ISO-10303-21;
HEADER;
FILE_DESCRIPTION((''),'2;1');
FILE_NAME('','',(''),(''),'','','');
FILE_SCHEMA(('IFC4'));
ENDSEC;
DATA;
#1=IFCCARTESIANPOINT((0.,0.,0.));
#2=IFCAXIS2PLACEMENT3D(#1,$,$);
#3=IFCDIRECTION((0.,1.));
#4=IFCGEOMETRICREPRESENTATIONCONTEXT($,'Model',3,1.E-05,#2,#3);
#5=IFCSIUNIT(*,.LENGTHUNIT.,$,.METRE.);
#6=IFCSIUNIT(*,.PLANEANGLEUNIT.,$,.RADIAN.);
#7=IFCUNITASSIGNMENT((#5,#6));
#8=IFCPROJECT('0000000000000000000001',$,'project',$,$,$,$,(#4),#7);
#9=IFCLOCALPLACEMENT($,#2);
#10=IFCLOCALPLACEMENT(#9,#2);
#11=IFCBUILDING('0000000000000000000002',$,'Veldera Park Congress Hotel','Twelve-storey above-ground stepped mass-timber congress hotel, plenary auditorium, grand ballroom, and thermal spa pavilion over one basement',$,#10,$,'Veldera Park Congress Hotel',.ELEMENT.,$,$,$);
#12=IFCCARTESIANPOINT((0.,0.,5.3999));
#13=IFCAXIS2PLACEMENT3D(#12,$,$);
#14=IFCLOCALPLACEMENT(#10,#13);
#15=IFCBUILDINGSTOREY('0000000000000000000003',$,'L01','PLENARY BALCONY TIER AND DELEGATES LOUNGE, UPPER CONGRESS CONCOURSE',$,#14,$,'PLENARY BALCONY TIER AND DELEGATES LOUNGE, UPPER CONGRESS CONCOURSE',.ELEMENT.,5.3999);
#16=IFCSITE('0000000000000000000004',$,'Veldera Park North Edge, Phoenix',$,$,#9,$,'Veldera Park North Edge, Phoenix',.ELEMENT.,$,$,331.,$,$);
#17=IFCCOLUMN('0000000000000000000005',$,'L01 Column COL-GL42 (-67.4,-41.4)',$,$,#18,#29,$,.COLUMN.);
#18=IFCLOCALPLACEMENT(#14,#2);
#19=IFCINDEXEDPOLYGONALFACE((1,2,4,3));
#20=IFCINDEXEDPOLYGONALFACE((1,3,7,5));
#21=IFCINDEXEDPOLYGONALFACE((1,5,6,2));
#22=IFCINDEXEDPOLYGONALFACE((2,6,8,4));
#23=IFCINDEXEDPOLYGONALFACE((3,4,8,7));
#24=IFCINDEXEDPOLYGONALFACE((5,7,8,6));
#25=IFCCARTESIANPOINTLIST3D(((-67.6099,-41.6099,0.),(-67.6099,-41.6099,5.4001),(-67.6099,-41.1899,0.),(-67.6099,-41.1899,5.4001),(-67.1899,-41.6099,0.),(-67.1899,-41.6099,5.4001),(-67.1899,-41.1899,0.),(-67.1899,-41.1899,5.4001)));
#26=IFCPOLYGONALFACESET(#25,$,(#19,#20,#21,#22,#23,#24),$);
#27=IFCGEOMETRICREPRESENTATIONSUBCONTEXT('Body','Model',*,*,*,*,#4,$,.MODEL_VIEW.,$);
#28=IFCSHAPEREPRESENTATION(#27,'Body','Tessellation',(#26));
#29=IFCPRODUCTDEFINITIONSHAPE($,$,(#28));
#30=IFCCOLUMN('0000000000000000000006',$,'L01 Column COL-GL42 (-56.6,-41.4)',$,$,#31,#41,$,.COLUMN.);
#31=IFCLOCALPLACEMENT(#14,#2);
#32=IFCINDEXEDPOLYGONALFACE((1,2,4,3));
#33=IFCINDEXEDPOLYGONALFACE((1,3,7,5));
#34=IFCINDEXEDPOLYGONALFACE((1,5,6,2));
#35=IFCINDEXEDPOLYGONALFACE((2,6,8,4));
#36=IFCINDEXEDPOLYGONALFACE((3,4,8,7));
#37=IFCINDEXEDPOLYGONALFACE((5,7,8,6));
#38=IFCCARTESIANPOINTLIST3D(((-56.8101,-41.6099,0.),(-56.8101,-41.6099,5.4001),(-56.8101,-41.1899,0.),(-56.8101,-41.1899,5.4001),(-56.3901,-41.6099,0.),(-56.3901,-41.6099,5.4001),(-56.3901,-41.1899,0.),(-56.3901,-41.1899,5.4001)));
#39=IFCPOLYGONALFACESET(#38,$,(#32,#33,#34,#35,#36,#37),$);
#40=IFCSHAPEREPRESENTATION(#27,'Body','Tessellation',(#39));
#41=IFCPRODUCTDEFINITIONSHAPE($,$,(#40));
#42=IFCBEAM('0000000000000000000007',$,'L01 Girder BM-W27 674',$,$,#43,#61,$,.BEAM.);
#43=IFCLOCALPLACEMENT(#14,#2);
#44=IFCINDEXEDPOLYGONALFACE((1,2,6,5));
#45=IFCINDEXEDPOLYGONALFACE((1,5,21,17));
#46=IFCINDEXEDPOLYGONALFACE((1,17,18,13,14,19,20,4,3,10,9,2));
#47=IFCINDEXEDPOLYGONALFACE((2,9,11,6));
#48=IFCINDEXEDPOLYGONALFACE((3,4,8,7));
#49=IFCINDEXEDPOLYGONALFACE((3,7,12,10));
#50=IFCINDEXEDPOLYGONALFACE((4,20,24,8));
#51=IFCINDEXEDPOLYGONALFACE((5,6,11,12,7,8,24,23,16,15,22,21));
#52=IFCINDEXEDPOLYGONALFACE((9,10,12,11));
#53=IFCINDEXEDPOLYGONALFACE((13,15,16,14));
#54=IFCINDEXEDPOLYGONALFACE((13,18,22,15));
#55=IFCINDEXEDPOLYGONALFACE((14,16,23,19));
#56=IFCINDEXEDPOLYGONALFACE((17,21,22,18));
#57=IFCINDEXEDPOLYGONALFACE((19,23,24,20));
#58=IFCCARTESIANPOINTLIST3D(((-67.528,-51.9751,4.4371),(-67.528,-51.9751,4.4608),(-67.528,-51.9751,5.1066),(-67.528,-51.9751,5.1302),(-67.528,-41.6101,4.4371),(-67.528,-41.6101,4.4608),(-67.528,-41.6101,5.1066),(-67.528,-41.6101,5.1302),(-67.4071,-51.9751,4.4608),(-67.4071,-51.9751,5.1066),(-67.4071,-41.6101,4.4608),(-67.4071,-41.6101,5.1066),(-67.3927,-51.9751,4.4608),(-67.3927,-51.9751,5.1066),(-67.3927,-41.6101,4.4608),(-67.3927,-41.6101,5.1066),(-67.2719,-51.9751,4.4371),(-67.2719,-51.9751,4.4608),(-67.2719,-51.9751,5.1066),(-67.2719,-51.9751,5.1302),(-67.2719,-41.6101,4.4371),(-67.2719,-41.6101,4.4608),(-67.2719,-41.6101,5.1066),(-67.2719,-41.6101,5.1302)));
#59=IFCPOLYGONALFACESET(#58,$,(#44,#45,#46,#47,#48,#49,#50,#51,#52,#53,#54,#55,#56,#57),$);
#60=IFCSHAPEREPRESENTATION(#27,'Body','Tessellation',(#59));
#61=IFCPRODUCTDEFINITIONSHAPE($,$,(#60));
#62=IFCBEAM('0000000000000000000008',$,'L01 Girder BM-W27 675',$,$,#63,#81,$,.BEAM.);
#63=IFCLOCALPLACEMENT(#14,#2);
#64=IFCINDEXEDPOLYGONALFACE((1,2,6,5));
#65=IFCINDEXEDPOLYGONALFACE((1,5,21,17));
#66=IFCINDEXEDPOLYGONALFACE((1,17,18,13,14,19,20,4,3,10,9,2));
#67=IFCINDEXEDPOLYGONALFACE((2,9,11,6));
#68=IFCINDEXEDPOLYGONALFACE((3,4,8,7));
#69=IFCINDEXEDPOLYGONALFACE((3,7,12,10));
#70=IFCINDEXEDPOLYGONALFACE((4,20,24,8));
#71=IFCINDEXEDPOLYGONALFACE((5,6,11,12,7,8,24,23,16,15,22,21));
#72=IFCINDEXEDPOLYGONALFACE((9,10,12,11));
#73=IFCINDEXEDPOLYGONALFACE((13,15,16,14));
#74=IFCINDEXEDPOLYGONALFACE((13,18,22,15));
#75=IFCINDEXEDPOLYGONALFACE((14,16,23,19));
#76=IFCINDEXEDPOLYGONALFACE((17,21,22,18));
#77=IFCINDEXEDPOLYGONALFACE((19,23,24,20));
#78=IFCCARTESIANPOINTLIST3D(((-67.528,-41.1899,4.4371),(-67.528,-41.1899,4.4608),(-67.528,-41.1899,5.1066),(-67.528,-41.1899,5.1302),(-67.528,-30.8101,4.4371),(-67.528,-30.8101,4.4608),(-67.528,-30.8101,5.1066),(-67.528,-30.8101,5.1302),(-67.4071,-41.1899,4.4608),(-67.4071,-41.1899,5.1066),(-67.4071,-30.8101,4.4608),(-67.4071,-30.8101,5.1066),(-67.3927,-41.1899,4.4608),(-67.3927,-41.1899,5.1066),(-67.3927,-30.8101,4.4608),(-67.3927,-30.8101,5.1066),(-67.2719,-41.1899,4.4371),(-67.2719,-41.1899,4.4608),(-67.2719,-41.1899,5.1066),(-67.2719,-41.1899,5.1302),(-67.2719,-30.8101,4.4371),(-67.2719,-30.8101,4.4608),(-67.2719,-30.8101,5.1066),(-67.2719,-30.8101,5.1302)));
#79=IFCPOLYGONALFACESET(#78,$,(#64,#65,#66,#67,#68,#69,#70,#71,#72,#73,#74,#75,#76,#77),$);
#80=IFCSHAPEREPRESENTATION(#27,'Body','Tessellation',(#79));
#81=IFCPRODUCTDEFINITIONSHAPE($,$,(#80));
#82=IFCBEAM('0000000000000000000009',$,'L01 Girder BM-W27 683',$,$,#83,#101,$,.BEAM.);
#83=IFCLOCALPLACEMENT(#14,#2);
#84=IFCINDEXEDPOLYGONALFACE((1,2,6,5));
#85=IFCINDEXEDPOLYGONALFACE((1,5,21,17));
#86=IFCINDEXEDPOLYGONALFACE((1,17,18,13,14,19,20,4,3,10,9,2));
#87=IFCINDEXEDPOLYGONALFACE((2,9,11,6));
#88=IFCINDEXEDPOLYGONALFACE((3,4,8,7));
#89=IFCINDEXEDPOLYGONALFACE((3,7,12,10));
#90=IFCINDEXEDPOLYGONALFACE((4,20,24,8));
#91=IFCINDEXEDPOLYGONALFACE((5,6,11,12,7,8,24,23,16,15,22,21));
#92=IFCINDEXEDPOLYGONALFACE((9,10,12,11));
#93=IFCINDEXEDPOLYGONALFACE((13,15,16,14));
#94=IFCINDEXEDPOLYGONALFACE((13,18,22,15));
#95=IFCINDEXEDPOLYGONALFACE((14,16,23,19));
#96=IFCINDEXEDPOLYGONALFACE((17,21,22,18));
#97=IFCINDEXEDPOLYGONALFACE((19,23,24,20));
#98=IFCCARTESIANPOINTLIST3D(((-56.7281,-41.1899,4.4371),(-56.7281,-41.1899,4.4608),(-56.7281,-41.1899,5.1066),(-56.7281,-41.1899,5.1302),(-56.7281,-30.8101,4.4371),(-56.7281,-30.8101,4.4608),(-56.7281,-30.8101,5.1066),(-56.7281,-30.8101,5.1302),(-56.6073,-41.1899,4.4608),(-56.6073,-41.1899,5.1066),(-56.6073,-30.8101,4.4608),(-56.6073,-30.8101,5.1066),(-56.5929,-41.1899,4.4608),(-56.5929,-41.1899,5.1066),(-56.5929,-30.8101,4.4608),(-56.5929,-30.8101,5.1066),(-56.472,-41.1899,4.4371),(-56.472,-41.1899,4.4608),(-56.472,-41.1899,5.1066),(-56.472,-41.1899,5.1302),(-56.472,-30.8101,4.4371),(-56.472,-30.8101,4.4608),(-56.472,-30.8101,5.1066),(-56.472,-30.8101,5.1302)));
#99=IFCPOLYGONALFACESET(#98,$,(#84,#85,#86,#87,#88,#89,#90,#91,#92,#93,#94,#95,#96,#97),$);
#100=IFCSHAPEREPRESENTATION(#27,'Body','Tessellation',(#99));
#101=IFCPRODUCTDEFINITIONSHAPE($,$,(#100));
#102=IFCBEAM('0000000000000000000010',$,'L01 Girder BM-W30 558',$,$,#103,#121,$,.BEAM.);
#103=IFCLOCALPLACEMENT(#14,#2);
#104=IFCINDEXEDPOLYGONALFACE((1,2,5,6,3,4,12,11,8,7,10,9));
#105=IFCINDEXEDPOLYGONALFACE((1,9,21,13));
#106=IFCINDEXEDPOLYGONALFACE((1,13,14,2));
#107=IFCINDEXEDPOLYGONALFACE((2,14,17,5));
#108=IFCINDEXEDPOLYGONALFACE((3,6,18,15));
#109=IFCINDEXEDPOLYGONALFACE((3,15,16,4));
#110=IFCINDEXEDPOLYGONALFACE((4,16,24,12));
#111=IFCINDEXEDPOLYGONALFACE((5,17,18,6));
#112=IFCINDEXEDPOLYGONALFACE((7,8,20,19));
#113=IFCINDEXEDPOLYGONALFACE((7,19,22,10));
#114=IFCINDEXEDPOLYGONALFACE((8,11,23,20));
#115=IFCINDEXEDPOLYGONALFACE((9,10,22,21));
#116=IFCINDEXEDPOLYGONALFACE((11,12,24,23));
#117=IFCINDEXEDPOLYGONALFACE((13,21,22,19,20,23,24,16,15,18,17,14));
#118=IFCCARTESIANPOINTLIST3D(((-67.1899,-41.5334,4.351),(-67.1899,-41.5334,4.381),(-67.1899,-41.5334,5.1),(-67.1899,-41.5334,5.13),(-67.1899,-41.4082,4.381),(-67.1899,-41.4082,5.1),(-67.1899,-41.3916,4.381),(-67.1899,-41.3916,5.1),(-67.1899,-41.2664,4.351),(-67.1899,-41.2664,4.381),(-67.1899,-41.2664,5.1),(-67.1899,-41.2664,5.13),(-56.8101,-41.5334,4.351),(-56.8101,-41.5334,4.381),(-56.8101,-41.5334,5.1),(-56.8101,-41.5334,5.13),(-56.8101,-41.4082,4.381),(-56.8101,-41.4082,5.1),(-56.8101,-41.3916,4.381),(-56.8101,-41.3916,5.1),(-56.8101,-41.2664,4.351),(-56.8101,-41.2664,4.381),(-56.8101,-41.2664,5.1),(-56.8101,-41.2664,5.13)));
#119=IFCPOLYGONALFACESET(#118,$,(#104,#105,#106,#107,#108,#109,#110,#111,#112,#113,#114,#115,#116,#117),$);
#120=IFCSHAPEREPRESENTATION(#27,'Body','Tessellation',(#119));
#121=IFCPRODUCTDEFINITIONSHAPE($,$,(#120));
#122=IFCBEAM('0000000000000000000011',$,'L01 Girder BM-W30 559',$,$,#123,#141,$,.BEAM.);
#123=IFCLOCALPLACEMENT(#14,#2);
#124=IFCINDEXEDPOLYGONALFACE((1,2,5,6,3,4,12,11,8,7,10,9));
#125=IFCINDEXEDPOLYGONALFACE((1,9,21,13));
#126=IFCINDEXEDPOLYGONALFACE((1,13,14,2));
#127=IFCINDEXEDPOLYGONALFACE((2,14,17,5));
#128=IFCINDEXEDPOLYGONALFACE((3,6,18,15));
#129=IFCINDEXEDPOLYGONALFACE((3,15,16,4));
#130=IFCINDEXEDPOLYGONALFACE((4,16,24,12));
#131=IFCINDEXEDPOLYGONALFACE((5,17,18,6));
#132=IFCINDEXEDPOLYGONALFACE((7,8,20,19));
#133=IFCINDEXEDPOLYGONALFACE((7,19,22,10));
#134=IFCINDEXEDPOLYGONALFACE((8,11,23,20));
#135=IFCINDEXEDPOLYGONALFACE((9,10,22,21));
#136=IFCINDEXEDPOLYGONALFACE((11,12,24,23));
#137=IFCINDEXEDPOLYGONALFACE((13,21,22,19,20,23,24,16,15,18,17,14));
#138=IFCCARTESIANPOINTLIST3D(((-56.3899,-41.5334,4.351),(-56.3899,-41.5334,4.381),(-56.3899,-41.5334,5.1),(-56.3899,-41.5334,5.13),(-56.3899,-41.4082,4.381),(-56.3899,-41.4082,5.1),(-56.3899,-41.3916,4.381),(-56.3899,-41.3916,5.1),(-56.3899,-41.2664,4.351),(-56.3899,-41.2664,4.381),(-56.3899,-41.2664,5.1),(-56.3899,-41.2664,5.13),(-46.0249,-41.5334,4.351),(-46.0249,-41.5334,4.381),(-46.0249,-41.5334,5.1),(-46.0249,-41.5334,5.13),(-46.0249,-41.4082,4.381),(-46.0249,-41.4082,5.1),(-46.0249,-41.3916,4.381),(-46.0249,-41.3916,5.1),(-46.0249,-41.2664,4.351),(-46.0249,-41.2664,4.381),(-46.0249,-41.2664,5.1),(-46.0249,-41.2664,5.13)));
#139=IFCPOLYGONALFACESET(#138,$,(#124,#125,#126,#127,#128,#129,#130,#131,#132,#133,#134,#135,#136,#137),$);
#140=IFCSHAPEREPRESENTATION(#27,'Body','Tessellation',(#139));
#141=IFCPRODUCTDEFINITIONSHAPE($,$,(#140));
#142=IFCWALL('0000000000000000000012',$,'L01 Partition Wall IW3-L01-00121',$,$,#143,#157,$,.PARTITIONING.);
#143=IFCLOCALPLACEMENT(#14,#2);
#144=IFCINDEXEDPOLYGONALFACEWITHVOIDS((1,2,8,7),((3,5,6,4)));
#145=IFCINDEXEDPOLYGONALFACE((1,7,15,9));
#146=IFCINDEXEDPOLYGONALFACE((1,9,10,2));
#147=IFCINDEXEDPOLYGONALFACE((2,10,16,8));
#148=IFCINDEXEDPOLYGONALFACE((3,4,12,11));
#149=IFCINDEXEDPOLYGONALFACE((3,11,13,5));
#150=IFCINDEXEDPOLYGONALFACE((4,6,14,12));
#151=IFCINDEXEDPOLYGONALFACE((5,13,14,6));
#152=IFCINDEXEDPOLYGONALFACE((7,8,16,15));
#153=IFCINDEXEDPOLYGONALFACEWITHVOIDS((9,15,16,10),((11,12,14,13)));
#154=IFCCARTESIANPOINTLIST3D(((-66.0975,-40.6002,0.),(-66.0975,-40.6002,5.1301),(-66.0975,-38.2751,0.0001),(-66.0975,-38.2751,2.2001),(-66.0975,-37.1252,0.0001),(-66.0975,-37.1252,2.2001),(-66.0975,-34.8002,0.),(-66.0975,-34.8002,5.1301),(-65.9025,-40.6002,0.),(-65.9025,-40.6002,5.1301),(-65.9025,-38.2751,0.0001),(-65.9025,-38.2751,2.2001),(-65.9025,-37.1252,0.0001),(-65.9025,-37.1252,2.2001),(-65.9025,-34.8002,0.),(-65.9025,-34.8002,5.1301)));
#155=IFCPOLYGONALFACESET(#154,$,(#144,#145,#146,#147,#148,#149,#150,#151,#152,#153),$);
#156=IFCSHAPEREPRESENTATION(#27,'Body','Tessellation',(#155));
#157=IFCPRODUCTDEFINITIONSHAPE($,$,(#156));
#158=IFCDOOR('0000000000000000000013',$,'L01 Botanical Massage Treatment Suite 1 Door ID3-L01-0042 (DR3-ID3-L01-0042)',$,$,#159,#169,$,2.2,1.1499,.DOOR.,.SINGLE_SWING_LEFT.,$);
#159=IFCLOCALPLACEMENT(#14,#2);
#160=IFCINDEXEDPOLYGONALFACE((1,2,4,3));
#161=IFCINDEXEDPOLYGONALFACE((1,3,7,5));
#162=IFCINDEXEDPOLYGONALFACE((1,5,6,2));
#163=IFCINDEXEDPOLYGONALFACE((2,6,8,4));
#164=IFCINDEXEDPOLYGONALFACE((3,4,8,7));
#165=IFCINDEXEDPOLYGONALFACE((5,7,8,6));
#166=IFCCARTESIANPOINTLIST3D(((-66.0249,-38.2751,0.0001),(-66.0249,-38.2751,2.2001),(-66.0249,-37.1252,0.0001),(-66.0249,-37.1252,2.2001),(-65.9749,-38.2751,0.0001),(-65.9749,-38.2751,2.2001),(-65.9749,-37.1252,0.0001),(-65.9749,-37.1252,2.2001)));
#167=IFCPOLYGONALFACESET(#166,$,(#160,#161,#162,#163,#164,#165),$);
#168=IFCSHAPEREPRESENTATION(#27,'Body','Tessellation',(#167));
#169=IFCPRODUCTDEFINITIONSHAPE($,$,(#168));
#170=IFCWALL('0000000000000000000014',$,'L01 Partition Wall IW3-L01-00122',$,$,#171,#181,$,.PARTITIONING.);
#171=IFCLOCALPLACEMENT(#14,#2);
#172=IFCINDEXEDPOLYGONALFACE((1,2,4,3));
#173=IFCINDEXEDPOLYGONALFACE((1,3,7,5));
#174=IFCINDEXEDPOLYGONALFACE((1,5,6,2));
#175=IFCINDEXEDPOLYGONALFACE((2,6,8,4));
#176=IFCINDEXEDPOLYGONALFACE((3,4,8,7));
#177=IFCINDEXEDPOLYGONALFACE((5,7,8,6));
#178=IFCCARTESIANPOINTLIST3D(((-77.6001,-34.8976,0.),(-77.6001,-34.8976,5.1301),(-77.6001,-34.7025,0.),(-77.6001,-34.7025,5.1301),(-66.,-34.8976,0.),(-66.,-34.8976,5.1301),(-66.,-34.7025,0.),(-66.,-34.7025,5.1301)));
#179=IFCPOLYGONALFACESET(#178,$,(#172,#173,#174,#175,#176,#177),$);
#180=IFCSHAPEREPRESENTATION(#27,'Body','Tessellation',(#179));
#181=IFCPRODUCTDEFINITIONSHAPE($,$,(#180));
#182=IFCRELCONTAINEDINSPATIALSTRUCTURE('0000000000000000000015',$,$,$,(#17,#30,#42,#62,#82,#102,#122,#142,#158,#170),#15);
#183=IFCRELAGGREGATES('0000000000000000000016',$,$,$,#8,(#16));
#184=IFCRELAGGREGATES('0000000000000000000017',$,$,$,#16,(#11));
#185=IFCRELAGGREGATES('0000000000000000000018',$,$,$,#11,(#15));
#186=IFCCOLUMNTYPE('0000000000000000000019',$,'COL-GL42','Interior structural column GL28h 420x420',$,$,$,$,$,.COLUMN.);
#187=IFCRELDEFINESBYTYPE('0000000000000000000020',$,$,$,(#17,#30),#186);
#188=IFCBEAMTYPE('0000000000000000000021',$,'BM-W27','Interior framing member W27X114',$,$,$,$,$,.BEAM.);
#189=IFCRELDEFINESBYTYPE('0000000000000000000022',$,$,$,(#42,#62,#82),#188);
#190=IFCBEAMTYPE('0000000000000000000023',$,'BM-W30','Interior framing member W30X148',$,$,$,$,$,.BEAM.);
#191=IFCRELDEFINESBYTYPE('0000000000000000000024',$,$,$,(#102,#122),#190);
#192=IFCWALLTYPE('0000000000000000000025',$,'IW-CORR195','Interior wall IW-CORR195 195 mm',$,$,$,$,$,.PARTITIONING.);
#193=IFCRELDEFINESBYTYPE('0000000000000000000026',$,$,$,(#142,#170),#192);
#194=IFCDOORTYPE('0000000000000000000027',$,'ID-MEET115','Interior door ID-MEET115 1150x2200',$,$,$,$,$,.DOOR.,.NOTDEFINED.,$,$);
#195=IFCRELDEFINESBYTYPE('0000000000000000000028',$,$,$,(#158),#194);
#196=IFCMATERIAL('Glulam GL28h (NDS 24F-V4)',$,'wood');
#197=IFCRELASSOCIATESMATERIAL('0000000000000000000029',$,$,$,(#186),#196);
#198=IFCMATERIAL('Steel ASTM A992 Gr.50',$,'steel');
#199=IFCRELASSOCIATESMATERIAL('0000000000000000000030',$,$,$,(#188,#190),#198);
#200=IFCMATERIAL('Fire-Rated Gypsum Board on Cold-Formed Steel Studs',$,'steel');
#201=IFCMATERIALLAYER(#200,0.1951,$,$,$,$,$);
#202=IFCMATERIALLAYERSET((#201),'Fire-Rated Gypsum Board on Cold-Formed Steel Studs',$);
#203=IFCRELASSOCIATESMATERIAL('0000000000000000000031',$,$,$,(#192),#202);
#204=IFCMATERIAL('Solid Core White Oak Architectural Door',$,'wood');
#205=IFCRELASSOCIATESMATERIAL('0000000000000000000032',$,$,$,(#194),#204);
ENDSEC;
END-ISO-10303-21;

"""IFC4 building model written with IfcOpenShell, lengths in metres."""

from ifc_helpers import new_model, si_unit, direction, frame, frame_2d, origin, origin_2d, place, context, subcontext, project, spatial, rectangle, i_section, extrude, material, layer, layer_set, material_profile, profile_set, type_object, element, fill, save


model = new_model("IFC4")

# Units and contexts
model_context = context("Model", 3, precision=1e-05, world=origin(), true_north=direction((0.0, 1.0)))
body_context = subcontext(model_context, "Body", "Model", "MODEL_VIEW")
ifc_project = project(units=[si_unit("LENGTHUNIT", "METRE"), si_unit("PLANEANGLEUNIT", "RADIAN")], contexts=[model_context])

# Site, building, storey
site_placement = place(None, origin())
site = spatial("IfcSite", under=ifc_project, at=site_placement, Name="Veldera Park North Edge, Phoenix", LongName="Veldera Park North Edge, Phoenix", CompositionType="ELEMENT", RefElevation=331.0)
building_placement = place(site_placement, origin())
building = spatial("IfcBuilding", under=site, at=building_placement, Name="Veldera Park Congress Hotel", Description="Twelve-storey above-ground stepped mass-timber congress hotel, plenary auditorium, grand ballroom, and thermal spa pavilion over one basement", LongName="Veldera Park Congress Hotel", CompositionType="ELEMENT")
storey_placement = place(building_placement, frame((0.0, 0.0, 5.3999)))
storey = spatial("IfcBuildingStorey", under=building, at=storey_placement, Name="L01", Description="PLENARY BALCONY TIER AND DELEGATES LOUNGE, UPPER CONGRESS CONCOURSE", LongName="PLENARY BALCONY TIER AND DELEGATES LOUNGE, UPPER CONGRESS CONCOURSE", CompositionType="ELEMENT", Elevation=5.3999)

# Columns
ifc_material_1 = material(Name="Glulam GL28h (NDS 24F-V4)", Category="wood")
ifc_material_profile_1 = material_profile(ifc_material_1, rectangle(XDim=0.4199, YDim=0.4199, at=origin_2d()), Name="GL28h 420x420")
ifc_profile_set_1 = profile_set([ifc_material_profile_1], Name="Glulam GL28h (NDS 24F-V4)")
column_type = type_object("IfcColumnType", Name="COL-GL42", Description="Interior structural column GL28h 420x420", PredefinedType="COLUMN", material=ifc_profile_set_1)
for number, where, z_axis, x_axis, name in (
    (1, (-67.3999, -41.3999, 0.0), (0.0, 0.0, 1.0), (1.0, 0.0, 0.0), "L01 Column COL-GL42 (-67.4,-41.4)"),
    (2, (-56.6001, -41.3999, 0.0), (0.0, 0.0, 1.0), (1.0, 0.0, 0.0), "L01 Column COL-GL42 (-56.6,-41.4)"),
):
    element("IfcColumn", number, at=place(storey_placement, frame(where, z_axis=z_axis, x_axis=x_axis)), inside=storey, type_object=column_type, Name=name, PredefinedType="COLUMN", context=body_context, shape_type="SweptSolid", body=[
        extrude(rectangle(XDim=0.4199, YDim=0.4199, at=origin_2d()), origin(), (0.0, 0.0, 1.0), 5.4001),
    ])

# Beams
ifc_material_2 = material(Name="Steel ASTM A992 Gr.50", Category="steel")
ifc_material_profile_2 = material_profile(ifc_material_2, i_section(OverallWidth=0.2561, OverallDepth=0.6931, WebThickness=0.0144, FlangeThickness=0.0237, at=origin_2d()), Name="W27X114")
ifc_profile_set_2 = profile_set([ifc_material_profile_2], Name="Steel ASTM A992 Gr.50")
beam_type_1 = type_object("IfcBeamType", Name="BM-W27", Description="Interior framing member W27X114", PredefinedType="BEAM", material=ifc_profile_set_2)
beam_1_placement = place(storey_placement, frame((-67.3999, -51.9751, 4.7837), z_axis=(0.0, 1.0, 0.0), x_axis=(-1.0, 0.0, 0.0)))
element("IfcBeam", 3, at=beam_1_placement, inside=storey, type_object=beam_type_1, Name="L01 Girder BM-W27 674", PredefinedType="BEAM", context=body_context, shape_type="SweptSolid", body=[
    extrude(i_section(OverallWidth=0.2561, OverallDepth=0.6931, WebThickness=0.0144, FlangeThickness=0.0237, at=origin_2d()), origin(), (0.0, 0.0, 1.0), 10.365),
])
for number, where, z_axis, x_axis, name in (
    (4, (-67.3999, -41.1899, 4.7837), (0.0, 1.0, 0.0), (-1.0, 0.0, 0.0), "L01 Girder BM-W27 675"),
    (5, (-56.6001, -41.1899, 4.7837), (0.0, 1.0, 0.0), (-1.0, 0.0, 0.0), "L01 Girder BM-W27 683"),
):
    element("IfcBeam", number, at=place(storey_placement, frame(where, z_axis=z_axis, x_axis=x_axis)), inside=storey, type_object=beam_type_1, Name=name, PredefinedType="BEAM", context=body_context, shape_type="SweptSolid", body=[
        extrude(i_section(OverallWidth=0.2561, OverallDepth=0.6931, WebThickness=0.0144, FlangeThickness=0.0237, at=origin_2d()), origin(), (0.0, 0.0, 1.0), 10.3799),
    ])
ifc_material_profile_3 = material_profile(ifc_material_2, i_section(OverallWidth=0.2671, OverallDepth=0.7791, WebThickness=0.0166, FlangeThickness=0.03, at=origin_2d()), Name="W30X148")
ifc_profile_set_3 = profile_set([ifc_material_profile_3], Name="Steel ASTM A992 Gr.50")
beam_type_2 = type_object("IfcBeamType", Name="BM-W30", Description="Interior framing member W30X148", PredefinedType="BEAM", material=ifc_profile_set_3)
beam_2_placement = place(storey_placement, frame((-67.1899, -41.3999, 4.7405), z_axis=(1.0, 0.0, 0.0), x_axis=(0.0, 1.0, 0.0)))
element("IfcBeam", 6, at=beam_2_placement, inside=storey, type_object=beam_type_2, Name="L01 Girder BM-W30 558", PredefinedType="BEAM", context=body_context, shape_type="SweptSolid", body=[
    extrude(i_section(OverallWidth=0.2671, OverallDepth=0.7791, WebThickness=0.0166, FlangeThickness=0.03, at=origin_2d()), origin(), (0.0, 0.0, 1.0), 10.3799),
])
beam_3_placement = place(storey_placement, frame((-56.3899, -41.3999, 4.7405), z_axis=(1.0, 0.0, 0.0), x_axis=(0.0, 1.0, 0.0)))
element("IfcBeam", 7, at=beam_3_placement, inside=storey, type_object=beam_type_2, Name="L01 Girder BM-W30 559", PredefinedType="BEAM", context=body_context, shape_type="SweptSolid", body=[
    extrude(i_section(OverallWidth=0.2671, OverallDepth=0.7791, WebThickness=0.0166, FlangeThickness=0.03, at=origin_2d()), origin(), (0.0, 0.0, 1.0), 10.365),
])

# Wall, opening, door
ifc_material_3 = material(Name="Fire-Rated Gypsum Board on Cold-Formed Steel Studs", Category="steel")
ifc_layer_1 = layer(ifc_material_3, 0.1951)
ifc_layer_set_1 = layer_set([ifc_layer_1], Name="Fire-Rated Gypsum Board on Cold-Formed Steel Studs")
wall_type_1 = type_object("IfcWallType", Name="IW-CORR195", Description="Interior wall IW-CORR195 195 mm", PredefinedType="PARTITIONING", material=ifc_layer_set_1)
wall_1_placement = place(storey_placement, frame((-66.0, -40.6001, 0.0), z_axis=(0.0, 0.0, 1.0), x_axis=(0.0, 1.0, 0.0)))
wall_1 = element("IfcWall", 8, at=wall_1_placement, inside=storey, type_object=wall_type_1, Name="L01 Partition Wall IW3-L01-00121", PredefinedType="PARTITIONING", context=body_context, shape_type="SweptSolid", body=[
    extrude(rectangle(XDim=5.8, YDim=0.1951, at=frame_2d((2.8999, 0.0))), origin(), (0.0, 0.0, 1.0), 5.1301),
])
opening_1_placement = place(wall_1_placement, frame((2.325, 0.0, 0.0)))
opening_1 = element("IfcOpeningElement", 9, at=opening_1_placement, cuts=wall_1, PredefinedType="OPENING", context=body_context, shape_type="SweptSolid", body=[
    extrude(rectangle(XDim=1.1499, YDim=2.2, at=frame_2d((0.575, 1.1001))), frame((0.0, 0.1096, 0.0), z_axis=(0.0, -1.0, 0.0), x_axis=(1.0, 0.0, 0.0)), (0.0, 0.0, 1.0), 0.219),
])
ifc_material_4 = material(Name="Solid Core White Oak Architectural Door", Category="wood")
door_type_1 = type_object("IfcDoorType", Name="ID-MEET115", Description="Interior door ID-MEET115 1150x2200", OperationType="NOTDEFINED", PredefinedType="DOOR", material=ifc_material_4)
door_1_placement = place(opening_1_placement, origin())
door_1 = element("IfcDoor", 10, at=door_1_placement, inside=storey, type_object=door_type_1, Name="L01 Botanical Massage Treatment Suite 1 Door ID3-L01-0042 (DR3-ID3-L01-0042)", OperationType="SINGLE_SWING_LEFT", OverallHeight=2.2, OverallWidth=1.1499, PredefinedType="DOOR", context=body_context, shape_type="SweptSolid", body=[
    extrude(rectangle(XDim=1.1499, YDim=2.2, at=frame_2d((0.575, 1.1001))), frame((0.0, 0.0249, 0.0), z_axis=(0.0, -1.0, 0.0), x_axis=(1.0, 0.0, 0.0)), (0.0, 0.0, 1.0), 0.05),
])
fill(opening_1, door_1)

# Wall
wall_2_placement = place(storey_placement, frame((-66.0, -34.8, 0.0), z_axis=(0.0, 0.0, 1.0), x_axis=(-1.0, 0.0, 0.0)))
element("IfcWall", 11, at=wall_2_placement, inside=storey, type_object=wall_type_1, Name="L01 Partition Wall IW3-L01-00122", PredefinedType="PARTITIONING", context=body_context, shape_type="SweptSolid", body=[
    extrude(rectangle(XDim=11.6001, YDim=0.1951, at=frame_2d((5.8, 0.0))), origin(), (0.0, 0.0, 1.0), 5.1301),
])

save(model, "model.ifc")
